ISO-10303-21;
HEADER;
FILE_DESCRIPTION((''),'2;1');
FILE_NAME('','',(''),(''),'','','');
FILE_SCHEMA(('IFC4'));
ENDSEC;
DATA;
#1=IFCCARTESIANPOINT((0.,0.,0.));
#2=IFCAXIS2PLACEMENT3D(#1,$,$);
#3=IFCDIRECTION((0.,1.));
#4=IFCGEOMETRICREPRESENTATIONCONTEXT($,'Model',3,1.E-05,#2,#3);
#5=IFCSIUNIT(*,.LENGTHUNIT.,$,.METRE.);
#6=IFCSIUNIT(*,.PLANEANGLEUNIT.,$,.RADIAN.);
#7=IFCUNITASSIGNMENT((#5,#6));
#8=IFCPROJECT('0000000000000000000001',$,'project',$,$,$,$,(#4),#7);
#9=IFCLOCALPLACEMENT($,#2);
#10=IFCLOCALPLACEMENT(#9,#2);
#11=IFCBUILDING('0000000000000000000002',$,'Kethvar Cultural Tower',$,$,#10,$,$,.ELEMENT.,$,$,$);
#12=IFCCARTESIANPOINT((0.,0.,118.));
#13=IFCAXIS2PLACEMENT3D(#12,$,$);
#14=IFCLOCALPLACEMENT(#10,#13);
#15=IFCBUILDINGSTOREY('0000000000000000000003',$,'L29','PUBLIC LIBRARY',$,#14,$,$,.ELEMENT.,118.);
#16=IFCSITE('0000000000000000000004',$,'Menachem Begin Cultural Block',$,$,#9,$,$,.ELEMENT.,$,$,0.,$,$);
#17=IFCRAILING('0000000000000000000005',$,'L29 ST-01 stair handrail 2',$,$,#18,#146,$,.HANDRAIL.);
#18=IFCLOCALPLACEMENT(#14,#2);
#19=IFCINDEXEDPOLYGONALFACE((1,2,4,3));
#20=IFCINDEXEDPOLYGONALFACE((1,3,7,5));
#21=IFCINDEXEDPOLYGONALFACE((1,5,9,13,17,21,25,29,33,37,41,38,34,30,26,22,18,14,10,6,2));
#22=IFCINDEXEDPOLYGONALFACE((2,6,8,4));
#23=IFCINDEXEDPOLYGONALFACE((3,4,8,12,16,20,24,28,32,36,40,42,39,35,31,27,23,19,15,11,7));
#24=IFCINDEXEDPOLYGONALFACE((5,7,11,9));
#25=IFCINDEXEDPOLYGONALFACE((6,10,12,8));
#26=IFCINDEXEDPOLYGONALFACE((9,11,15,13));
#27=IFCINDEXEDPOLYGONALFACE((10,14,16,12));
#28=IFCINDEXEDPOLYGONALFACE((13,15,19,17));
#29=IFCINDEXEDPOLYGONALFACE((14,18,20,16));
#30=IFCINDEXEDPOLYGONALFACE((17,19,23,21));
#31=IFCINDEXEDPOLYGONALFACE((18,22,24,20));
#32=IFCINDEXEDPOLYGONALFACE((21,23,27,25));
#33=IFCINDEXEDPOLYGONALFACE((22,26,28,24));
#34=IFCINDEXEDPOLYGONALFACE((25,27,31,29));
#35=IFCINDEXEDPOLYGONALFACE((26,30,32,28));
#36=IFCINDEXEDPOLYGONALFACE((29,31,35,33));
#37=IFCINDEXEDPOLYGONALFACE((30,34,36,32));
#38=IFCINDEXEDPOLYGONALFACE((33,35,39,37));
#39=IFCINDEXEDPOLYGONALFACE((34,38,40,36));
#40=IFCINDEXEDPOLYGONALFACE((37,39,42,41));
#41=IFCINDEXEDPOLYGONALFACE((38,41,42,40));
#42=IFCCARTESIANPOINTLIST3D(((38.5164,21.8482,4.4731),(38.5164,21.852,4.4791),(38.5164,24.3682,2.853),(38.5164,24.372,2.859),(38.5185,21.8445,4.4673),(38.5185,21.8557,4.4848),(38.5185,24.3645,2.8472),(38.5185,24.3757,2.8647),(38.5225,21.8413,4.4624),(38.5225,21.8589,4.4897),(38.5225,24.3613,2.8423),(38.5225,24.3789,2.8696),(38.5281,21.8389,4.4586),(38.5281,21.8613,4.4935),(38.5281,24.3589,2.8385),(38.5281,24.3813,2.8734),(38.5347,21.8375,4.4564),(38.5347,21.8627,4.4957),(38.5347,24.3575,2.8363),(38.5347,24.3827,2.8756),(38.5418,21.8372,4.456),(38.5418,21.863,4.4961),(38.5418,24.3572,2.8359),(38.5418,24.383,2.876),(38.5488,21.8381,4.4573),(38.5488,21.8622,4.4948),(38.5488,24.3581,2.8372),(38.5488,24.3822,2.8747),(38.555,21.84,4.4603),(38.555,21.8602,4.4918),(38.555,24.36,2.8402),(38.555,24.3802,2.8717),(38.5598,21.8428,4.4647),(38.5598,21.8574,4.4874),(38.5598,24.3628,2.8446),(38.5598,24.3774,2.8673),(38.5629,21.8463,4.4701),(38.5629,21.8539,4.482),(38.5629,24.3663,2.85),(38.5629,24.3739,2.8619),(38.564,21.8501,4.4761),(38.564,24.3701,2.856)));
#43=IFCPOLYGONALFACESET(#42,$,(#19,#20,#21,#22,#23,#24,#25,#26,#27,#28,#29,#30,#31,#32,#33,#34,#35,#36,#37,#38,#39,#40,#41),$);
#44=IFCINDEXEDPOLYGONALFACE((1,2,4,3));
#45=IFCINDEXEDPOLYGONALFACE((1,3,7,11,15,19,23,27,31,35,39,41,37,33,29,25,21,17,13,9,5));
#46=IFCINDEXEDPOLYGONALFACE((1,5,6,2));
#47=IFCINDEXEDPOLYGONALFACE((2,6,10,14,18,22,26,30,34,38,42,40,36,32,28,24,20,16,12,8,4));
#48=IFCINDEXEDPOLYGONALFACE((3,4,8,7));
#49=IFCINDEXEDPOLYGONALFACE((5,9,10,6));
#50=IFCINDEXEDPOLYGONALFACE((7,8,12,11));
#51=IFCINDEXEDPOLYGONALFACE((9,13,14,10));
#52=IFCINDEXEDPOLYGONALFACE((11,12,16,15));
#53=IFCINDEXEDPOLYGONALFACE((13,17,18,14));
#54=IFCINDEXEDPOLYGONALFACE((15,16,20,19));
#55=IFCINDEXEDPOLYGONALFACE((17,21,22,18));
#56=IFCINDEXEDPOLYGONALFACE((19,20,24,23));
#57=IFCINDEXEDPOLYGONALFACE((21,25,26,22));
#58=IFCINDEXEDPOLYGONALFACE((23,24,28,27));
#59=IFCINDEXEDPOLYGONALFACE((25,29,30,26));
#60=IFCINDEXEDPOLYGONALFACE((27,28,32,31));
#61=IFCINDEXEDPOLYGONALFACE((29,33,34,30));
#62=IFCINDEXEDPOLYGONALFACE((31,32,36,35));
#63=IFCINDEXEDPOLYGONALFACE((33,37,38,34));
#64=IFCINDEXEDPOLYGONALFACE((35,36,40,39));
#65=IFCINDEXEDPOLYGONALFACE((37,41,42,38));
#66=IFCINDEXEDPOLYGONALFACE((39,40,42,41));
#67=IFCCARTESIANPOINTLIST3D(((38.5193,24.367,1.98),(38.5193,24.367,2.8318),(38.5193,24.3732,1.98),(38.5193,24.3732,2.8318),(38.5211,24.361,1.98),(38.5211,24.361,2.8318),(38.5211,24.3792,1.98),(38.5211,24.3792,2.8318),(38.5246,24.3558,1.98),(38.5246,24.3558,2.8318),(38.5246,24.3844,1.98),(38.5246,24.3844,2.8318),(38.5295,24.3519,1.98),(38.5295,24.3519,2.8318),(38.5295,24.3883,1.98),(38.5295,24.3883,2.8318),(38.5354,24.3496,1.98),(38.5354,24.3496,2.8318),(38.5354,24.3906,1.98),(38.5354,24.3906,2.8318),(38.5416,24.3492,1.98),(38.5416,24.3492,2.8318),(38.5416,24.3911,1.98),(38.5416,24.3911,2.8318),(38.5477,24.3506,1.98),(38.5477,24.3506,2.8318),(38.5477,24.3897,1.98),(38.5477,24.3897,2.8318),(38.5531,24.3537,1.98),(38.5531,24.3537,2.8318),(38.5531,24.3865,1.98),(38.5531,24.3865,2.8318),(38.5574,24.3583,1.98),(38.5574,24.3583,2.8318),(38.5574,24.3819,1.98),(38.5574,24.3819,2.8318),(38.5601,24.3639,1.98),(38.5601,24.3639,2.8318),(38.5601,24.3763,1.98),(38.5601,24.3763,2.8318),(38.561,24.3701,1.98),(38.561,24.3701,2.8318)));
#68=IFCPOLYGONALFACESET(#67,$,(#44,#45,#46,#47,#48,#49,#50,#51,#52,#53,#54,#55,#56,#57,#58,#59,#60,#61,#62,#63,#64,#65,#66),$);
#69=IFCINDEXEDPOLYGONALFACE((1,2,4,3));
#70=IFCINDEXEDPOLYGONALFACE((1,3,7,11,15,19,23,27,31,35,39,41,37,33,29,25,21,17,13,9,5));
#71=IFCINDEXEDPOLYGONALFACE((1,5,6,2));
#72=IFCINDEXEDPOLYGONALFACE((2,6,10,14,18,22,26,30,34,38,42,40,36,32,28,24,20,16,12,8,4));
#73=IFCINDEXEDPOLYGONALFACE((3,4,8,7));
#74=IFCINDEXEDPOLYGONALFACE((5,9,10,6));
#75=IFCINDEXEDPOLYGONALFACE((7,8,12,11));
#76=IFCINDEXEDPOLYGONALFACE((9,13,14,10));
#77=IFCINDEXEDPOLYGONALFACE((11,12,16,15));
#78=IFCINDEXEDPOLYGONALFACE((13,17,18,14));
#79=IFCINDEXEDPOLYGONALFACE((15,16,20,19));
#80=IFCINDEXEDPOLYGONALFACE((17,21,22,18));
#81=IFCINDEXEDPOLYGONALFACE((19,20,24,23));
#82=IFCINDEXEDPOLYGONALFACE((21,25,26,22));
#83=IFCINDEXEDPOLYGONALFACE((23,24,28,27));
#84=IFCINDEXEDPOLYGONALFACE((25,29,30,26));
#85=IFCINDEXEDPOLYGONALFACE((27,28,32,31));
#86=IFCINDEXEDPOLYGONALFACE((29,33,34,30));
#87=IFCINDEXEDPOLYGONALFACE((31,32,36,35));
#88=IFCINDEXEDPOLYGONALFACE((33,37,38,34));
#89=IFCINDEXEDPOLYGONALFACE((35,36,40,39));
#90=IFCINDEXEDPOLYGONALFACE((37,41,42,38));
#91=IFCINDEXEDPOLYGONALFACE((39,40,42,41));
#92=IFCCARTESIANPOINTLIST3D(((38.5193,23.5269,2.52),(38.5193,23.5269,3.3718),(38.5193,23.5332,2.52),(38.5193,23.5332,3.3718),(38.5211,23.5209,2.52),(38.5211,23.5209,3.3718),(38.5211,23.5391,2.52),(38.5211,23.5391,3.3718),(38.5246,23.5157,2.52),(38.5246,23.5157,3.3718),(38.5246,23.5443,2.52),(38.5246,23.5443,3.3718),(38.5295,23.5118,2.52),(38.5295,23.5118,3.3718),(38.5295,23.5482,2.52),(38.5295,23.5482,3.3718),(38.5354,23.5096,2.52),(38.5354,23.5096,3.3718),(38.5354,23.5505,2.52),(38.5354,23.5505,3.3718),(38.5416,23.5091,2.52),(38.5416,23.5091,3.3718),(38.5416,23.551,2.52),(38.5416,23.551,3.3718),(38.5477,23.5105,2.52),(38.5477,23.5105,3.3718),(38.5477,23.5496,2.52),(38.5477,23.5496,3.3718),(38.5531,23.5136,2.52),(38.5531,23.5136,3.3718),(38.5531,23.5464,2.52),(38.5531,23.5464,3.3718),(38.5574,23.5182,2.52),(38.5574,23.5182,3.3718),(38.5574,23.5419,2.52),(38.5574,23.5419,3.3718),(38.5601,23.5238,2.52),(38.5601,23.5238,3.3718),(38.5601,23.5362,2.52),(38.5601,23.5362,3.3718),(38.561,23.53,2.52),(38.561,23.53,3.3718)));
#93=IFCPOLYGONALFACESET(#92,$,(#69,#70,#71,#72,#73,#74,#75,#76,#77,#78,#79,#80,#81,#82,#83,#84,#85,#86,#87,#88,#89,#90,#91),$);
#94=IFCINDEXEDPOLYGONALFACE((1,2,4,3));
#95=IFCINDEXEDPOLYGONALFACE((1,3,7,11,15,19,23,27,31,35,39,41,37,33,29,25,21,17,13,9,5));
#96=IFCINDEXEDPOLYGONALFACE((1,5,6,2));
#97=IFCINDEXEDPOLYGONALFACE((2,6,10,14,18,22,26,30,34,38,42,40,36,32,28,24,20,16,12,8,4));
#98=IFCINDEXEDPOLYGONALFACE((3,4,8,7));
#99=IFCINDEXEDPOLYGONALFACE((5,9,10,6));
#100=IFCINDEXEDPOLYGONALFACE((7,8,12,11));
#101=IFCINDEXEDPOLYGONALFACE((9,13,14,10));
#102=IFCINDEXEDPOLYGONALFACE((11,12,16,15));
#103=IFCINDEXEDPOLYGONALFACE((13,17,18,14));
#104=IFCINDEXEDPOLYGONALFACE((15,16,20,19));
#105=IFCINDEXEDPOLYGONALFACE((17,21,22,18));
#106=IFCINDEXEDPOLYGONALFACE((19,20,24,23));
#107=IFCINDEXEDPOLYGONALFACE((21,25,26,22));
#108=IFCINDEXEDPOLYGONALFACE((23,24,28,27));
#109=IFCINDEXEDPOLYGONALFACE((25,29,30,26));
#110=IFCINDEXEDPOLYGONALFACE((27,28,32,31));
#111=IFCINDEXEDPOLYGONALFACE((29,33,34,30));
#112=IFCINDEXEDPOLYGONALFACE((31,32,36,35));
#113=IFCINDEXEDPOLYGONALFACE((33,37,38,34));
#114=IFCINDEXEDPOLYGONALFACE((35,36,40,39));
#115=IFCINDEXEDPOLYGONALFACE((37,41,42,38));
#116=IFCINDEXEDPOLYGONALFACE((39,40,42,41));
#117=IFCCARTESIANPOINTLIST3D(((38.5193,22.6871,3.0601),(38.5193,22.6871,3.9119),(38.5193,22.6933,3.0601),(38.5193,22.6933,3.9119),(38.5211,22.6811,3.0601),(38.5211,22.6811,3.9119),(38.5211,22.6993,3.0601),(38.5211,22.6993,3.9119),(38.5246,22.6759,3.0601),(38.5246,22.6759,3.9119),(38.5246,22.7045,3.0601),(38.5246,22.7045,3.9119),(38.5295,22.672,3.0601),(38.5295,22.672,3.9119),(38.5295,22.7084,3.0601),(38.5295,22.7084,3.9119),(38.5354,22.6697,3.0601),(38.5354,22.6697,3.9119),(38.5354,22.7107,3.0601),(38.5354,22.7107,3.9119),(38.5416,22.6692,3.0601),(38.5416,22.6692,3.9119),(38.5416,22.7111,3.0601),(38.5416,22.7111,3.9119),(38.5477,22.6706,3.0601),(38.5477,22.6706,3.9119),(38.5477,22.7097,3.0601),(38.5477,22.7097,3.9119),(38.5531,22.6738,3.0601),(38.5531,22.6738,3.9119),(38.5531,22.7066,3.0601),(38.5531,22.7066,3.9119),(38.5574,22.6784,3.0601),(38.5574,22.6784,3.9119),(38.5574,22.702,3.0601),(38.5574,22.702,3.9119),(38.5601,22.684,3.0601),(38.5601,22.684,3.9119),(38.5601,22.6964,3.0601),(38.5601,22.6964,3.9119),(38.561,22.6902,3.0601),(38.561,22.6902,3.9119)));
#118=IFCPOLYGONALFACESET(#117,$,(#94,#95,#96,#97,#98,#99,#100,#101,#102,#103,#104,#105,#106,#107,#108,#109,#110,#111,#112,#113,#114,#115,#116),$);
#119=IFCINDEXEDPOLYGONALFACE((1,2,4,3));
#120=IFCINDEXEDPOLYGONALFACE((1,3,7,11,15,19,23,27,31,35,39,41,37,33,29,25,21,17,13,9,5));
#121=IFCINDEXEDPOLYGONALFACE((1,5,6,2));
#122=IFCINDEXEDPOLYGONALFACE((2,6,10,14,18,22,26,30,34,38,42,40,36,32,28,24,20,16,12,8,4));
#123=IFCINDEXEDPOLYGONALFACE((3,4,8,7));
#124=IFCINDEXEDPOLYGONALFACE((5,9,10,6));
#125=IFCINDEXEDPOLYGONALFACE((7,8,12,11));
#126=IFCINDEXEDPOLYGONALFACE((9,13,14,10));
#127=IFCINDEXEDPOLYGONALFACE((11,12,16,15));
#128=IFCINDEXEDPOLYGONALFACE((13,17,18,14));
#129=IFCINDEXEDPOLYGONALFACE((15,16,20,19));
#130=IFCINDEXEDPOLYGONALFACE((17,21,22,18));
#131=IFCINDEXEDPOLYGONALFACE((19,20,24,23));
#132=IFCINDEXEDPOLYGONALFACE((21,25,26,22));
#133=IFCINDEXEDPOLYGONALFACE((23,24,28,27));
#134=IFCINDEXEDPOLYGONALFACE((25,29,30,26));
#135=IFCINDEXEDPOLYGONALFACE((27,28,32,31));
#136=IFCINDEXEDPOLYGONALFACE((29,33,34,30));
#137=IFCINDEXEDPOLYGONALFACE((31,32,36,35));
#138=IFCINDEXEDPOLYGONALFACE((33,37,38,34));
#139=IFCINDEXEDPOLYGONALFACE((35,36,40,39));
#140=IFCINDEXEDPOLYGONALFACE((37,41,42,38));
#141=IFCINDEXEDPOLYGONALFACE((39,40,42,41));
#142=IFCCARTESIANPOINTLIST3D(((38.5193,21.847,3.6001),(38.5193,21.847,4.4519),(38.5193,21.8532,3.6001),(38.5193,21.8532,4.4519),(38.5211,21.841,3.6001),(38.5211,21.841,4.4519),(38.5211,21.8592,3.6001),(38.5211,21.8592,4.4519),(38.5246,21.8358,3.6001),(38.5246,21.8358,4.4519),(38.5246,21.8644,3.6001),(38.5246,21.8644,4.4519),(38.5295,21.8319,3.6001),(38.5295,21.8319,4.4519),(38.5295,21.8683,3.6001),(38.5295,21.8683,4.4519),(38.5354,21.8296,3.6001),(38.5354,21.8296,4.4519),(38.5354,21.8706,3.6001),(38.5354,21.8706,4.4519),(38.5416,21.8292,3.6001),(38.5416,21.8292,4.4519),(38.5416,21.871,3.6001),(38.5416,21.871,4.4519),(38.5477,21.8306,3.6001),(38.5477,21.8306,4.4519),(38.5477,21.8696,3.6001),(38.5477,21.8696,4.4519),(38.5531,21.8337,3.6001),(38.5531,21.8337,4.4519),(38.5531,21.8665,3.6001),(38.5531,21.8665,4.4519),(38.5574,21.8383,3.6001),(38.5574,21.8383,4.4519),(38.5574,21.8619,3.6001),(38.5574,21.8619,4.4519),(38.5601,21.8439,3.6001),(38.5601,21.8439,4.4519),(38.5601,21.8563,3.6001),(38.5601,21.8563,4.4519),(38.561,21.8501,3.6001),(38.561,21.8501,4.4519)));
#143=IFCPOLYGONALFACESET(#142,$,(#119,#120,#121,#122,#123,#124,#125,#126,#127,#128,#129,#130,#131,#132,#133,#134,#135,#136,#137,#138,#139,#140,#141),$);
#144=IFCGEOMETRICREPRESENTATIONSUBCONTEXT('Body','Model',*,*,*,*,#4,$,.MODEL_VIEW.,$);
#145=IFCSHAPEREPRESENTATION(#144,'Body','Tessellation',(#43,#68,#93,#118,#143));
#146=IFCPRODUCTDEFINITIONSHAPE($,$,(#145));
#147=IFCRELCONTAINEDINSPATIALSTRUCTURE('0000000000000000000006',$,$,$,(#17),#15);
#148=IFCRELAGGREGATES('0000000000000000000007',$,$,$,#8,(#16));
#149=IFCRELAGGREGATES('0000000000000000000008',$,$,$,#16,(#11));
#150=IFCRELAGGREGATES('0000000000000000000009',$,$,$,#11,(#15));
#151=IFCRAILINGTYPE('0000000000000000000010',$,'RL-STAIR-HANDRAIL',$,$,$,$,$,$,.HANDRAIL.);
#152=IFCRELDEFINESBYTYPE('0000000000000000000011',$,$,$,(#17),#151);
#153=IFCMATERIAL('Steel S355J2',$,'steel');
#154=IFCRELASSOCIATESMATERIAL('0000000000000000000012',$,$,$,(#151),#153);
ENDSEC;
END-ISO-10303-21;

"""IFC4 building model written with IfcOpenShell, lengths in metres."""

from ifc_helpers import new_model, si_unit, direction, frame, origin, origin_2d, place, context, subcontext, project, spatial, circle, extrude, material, type_object, element, save


model = new_model("IFC4")

# Units and contexts
model_context = context("Model", 3, precision=1e-05, world=origin(), true_north=direction((0.0, 1.0)))
body_context = subcontext(model_context, "Body", "Model", "MODEL_VIEW")
ifc_project = project(units=[si_unit("LENGTHUNIT", "METRE"), si_unit("PLANEANGLEUNIT", "RADIAN")], contexts=[model_context])

# Site, building, storey
site_placement = place(None, origin())
site = spatial("IfcSite", under=ifc_project, at=site_placement, Name="Menachem Begin Cultural Block", CompositionType="ELEMENT", RefElevation=0.0)
building_placement = place(site_placement, origin())
building = spatial("IfcBuilding", under=site, at=building_placement, Name="Kethvar Cultural Tower", CompositionType="ELEMENT")
storey_placement = place(building_placement, frame((0.0, 0.0, 118.0)))
storey = spatial("IfcBuildingStorey", under=building, at=storey_placement, Name="L29", Description="PUBLIC LIBRARY", CompositionType="ELEMENT", Elevation=118.0)

# Shared definitions
ifc_material_1 = material(Name="Steel S355J2", Category="steel")

# Railing
railing_type_1 = type_object("IfcRailingType", Name="RL-STAIR-HANDRAIL", PredefinedType="HANDRAIL", material=ifc_material_1)
railing_1_placement = place(storey_placement, frame((38.54, 24.3701, 1.98)))
element("IfcRailing", 1, at=railing_1_placement, inside=storey, type_object=railing_type_1, Name="L29 ST-01 stair handrail 2", PredefinedType="HANDRAIL", context=body_context, shape_type="SweptSolid", body=[
    extrude(circle(Radius=0.0239, at=origin_2d()), frame((0.0, 0.0, 0.876), z_axis=(0.0, -0.841163, 0.540782), x_axis=(1.0, 0.0, 0.0)), (0.0, 0.0, 1.0), 2.9958),
    extrude(circle(Radius=0.021, at=origin_2d()), origin(), (0.0, 0.0, 1.0), 0.8518),
    extrude(circle(Radius=0.021, at=origin_2d()), frame((0.0, -0.8401, 0.54)), (0.0, 0.0, 1.0), 0.8518),
    extrude(circle(Radius=0.021, at=origin_2d()), frame((0.0, -1.6799, 1.0801)), (0.0, 0.0, 1.0), 0.8518),
    extrude(circle(Radius=0.021, at=origin_2d()), frame((0.0, -2.52, 1.6201)), (0.0, 0.0, 1.0), 0.8518),
])

save(model, "model.ifc")
